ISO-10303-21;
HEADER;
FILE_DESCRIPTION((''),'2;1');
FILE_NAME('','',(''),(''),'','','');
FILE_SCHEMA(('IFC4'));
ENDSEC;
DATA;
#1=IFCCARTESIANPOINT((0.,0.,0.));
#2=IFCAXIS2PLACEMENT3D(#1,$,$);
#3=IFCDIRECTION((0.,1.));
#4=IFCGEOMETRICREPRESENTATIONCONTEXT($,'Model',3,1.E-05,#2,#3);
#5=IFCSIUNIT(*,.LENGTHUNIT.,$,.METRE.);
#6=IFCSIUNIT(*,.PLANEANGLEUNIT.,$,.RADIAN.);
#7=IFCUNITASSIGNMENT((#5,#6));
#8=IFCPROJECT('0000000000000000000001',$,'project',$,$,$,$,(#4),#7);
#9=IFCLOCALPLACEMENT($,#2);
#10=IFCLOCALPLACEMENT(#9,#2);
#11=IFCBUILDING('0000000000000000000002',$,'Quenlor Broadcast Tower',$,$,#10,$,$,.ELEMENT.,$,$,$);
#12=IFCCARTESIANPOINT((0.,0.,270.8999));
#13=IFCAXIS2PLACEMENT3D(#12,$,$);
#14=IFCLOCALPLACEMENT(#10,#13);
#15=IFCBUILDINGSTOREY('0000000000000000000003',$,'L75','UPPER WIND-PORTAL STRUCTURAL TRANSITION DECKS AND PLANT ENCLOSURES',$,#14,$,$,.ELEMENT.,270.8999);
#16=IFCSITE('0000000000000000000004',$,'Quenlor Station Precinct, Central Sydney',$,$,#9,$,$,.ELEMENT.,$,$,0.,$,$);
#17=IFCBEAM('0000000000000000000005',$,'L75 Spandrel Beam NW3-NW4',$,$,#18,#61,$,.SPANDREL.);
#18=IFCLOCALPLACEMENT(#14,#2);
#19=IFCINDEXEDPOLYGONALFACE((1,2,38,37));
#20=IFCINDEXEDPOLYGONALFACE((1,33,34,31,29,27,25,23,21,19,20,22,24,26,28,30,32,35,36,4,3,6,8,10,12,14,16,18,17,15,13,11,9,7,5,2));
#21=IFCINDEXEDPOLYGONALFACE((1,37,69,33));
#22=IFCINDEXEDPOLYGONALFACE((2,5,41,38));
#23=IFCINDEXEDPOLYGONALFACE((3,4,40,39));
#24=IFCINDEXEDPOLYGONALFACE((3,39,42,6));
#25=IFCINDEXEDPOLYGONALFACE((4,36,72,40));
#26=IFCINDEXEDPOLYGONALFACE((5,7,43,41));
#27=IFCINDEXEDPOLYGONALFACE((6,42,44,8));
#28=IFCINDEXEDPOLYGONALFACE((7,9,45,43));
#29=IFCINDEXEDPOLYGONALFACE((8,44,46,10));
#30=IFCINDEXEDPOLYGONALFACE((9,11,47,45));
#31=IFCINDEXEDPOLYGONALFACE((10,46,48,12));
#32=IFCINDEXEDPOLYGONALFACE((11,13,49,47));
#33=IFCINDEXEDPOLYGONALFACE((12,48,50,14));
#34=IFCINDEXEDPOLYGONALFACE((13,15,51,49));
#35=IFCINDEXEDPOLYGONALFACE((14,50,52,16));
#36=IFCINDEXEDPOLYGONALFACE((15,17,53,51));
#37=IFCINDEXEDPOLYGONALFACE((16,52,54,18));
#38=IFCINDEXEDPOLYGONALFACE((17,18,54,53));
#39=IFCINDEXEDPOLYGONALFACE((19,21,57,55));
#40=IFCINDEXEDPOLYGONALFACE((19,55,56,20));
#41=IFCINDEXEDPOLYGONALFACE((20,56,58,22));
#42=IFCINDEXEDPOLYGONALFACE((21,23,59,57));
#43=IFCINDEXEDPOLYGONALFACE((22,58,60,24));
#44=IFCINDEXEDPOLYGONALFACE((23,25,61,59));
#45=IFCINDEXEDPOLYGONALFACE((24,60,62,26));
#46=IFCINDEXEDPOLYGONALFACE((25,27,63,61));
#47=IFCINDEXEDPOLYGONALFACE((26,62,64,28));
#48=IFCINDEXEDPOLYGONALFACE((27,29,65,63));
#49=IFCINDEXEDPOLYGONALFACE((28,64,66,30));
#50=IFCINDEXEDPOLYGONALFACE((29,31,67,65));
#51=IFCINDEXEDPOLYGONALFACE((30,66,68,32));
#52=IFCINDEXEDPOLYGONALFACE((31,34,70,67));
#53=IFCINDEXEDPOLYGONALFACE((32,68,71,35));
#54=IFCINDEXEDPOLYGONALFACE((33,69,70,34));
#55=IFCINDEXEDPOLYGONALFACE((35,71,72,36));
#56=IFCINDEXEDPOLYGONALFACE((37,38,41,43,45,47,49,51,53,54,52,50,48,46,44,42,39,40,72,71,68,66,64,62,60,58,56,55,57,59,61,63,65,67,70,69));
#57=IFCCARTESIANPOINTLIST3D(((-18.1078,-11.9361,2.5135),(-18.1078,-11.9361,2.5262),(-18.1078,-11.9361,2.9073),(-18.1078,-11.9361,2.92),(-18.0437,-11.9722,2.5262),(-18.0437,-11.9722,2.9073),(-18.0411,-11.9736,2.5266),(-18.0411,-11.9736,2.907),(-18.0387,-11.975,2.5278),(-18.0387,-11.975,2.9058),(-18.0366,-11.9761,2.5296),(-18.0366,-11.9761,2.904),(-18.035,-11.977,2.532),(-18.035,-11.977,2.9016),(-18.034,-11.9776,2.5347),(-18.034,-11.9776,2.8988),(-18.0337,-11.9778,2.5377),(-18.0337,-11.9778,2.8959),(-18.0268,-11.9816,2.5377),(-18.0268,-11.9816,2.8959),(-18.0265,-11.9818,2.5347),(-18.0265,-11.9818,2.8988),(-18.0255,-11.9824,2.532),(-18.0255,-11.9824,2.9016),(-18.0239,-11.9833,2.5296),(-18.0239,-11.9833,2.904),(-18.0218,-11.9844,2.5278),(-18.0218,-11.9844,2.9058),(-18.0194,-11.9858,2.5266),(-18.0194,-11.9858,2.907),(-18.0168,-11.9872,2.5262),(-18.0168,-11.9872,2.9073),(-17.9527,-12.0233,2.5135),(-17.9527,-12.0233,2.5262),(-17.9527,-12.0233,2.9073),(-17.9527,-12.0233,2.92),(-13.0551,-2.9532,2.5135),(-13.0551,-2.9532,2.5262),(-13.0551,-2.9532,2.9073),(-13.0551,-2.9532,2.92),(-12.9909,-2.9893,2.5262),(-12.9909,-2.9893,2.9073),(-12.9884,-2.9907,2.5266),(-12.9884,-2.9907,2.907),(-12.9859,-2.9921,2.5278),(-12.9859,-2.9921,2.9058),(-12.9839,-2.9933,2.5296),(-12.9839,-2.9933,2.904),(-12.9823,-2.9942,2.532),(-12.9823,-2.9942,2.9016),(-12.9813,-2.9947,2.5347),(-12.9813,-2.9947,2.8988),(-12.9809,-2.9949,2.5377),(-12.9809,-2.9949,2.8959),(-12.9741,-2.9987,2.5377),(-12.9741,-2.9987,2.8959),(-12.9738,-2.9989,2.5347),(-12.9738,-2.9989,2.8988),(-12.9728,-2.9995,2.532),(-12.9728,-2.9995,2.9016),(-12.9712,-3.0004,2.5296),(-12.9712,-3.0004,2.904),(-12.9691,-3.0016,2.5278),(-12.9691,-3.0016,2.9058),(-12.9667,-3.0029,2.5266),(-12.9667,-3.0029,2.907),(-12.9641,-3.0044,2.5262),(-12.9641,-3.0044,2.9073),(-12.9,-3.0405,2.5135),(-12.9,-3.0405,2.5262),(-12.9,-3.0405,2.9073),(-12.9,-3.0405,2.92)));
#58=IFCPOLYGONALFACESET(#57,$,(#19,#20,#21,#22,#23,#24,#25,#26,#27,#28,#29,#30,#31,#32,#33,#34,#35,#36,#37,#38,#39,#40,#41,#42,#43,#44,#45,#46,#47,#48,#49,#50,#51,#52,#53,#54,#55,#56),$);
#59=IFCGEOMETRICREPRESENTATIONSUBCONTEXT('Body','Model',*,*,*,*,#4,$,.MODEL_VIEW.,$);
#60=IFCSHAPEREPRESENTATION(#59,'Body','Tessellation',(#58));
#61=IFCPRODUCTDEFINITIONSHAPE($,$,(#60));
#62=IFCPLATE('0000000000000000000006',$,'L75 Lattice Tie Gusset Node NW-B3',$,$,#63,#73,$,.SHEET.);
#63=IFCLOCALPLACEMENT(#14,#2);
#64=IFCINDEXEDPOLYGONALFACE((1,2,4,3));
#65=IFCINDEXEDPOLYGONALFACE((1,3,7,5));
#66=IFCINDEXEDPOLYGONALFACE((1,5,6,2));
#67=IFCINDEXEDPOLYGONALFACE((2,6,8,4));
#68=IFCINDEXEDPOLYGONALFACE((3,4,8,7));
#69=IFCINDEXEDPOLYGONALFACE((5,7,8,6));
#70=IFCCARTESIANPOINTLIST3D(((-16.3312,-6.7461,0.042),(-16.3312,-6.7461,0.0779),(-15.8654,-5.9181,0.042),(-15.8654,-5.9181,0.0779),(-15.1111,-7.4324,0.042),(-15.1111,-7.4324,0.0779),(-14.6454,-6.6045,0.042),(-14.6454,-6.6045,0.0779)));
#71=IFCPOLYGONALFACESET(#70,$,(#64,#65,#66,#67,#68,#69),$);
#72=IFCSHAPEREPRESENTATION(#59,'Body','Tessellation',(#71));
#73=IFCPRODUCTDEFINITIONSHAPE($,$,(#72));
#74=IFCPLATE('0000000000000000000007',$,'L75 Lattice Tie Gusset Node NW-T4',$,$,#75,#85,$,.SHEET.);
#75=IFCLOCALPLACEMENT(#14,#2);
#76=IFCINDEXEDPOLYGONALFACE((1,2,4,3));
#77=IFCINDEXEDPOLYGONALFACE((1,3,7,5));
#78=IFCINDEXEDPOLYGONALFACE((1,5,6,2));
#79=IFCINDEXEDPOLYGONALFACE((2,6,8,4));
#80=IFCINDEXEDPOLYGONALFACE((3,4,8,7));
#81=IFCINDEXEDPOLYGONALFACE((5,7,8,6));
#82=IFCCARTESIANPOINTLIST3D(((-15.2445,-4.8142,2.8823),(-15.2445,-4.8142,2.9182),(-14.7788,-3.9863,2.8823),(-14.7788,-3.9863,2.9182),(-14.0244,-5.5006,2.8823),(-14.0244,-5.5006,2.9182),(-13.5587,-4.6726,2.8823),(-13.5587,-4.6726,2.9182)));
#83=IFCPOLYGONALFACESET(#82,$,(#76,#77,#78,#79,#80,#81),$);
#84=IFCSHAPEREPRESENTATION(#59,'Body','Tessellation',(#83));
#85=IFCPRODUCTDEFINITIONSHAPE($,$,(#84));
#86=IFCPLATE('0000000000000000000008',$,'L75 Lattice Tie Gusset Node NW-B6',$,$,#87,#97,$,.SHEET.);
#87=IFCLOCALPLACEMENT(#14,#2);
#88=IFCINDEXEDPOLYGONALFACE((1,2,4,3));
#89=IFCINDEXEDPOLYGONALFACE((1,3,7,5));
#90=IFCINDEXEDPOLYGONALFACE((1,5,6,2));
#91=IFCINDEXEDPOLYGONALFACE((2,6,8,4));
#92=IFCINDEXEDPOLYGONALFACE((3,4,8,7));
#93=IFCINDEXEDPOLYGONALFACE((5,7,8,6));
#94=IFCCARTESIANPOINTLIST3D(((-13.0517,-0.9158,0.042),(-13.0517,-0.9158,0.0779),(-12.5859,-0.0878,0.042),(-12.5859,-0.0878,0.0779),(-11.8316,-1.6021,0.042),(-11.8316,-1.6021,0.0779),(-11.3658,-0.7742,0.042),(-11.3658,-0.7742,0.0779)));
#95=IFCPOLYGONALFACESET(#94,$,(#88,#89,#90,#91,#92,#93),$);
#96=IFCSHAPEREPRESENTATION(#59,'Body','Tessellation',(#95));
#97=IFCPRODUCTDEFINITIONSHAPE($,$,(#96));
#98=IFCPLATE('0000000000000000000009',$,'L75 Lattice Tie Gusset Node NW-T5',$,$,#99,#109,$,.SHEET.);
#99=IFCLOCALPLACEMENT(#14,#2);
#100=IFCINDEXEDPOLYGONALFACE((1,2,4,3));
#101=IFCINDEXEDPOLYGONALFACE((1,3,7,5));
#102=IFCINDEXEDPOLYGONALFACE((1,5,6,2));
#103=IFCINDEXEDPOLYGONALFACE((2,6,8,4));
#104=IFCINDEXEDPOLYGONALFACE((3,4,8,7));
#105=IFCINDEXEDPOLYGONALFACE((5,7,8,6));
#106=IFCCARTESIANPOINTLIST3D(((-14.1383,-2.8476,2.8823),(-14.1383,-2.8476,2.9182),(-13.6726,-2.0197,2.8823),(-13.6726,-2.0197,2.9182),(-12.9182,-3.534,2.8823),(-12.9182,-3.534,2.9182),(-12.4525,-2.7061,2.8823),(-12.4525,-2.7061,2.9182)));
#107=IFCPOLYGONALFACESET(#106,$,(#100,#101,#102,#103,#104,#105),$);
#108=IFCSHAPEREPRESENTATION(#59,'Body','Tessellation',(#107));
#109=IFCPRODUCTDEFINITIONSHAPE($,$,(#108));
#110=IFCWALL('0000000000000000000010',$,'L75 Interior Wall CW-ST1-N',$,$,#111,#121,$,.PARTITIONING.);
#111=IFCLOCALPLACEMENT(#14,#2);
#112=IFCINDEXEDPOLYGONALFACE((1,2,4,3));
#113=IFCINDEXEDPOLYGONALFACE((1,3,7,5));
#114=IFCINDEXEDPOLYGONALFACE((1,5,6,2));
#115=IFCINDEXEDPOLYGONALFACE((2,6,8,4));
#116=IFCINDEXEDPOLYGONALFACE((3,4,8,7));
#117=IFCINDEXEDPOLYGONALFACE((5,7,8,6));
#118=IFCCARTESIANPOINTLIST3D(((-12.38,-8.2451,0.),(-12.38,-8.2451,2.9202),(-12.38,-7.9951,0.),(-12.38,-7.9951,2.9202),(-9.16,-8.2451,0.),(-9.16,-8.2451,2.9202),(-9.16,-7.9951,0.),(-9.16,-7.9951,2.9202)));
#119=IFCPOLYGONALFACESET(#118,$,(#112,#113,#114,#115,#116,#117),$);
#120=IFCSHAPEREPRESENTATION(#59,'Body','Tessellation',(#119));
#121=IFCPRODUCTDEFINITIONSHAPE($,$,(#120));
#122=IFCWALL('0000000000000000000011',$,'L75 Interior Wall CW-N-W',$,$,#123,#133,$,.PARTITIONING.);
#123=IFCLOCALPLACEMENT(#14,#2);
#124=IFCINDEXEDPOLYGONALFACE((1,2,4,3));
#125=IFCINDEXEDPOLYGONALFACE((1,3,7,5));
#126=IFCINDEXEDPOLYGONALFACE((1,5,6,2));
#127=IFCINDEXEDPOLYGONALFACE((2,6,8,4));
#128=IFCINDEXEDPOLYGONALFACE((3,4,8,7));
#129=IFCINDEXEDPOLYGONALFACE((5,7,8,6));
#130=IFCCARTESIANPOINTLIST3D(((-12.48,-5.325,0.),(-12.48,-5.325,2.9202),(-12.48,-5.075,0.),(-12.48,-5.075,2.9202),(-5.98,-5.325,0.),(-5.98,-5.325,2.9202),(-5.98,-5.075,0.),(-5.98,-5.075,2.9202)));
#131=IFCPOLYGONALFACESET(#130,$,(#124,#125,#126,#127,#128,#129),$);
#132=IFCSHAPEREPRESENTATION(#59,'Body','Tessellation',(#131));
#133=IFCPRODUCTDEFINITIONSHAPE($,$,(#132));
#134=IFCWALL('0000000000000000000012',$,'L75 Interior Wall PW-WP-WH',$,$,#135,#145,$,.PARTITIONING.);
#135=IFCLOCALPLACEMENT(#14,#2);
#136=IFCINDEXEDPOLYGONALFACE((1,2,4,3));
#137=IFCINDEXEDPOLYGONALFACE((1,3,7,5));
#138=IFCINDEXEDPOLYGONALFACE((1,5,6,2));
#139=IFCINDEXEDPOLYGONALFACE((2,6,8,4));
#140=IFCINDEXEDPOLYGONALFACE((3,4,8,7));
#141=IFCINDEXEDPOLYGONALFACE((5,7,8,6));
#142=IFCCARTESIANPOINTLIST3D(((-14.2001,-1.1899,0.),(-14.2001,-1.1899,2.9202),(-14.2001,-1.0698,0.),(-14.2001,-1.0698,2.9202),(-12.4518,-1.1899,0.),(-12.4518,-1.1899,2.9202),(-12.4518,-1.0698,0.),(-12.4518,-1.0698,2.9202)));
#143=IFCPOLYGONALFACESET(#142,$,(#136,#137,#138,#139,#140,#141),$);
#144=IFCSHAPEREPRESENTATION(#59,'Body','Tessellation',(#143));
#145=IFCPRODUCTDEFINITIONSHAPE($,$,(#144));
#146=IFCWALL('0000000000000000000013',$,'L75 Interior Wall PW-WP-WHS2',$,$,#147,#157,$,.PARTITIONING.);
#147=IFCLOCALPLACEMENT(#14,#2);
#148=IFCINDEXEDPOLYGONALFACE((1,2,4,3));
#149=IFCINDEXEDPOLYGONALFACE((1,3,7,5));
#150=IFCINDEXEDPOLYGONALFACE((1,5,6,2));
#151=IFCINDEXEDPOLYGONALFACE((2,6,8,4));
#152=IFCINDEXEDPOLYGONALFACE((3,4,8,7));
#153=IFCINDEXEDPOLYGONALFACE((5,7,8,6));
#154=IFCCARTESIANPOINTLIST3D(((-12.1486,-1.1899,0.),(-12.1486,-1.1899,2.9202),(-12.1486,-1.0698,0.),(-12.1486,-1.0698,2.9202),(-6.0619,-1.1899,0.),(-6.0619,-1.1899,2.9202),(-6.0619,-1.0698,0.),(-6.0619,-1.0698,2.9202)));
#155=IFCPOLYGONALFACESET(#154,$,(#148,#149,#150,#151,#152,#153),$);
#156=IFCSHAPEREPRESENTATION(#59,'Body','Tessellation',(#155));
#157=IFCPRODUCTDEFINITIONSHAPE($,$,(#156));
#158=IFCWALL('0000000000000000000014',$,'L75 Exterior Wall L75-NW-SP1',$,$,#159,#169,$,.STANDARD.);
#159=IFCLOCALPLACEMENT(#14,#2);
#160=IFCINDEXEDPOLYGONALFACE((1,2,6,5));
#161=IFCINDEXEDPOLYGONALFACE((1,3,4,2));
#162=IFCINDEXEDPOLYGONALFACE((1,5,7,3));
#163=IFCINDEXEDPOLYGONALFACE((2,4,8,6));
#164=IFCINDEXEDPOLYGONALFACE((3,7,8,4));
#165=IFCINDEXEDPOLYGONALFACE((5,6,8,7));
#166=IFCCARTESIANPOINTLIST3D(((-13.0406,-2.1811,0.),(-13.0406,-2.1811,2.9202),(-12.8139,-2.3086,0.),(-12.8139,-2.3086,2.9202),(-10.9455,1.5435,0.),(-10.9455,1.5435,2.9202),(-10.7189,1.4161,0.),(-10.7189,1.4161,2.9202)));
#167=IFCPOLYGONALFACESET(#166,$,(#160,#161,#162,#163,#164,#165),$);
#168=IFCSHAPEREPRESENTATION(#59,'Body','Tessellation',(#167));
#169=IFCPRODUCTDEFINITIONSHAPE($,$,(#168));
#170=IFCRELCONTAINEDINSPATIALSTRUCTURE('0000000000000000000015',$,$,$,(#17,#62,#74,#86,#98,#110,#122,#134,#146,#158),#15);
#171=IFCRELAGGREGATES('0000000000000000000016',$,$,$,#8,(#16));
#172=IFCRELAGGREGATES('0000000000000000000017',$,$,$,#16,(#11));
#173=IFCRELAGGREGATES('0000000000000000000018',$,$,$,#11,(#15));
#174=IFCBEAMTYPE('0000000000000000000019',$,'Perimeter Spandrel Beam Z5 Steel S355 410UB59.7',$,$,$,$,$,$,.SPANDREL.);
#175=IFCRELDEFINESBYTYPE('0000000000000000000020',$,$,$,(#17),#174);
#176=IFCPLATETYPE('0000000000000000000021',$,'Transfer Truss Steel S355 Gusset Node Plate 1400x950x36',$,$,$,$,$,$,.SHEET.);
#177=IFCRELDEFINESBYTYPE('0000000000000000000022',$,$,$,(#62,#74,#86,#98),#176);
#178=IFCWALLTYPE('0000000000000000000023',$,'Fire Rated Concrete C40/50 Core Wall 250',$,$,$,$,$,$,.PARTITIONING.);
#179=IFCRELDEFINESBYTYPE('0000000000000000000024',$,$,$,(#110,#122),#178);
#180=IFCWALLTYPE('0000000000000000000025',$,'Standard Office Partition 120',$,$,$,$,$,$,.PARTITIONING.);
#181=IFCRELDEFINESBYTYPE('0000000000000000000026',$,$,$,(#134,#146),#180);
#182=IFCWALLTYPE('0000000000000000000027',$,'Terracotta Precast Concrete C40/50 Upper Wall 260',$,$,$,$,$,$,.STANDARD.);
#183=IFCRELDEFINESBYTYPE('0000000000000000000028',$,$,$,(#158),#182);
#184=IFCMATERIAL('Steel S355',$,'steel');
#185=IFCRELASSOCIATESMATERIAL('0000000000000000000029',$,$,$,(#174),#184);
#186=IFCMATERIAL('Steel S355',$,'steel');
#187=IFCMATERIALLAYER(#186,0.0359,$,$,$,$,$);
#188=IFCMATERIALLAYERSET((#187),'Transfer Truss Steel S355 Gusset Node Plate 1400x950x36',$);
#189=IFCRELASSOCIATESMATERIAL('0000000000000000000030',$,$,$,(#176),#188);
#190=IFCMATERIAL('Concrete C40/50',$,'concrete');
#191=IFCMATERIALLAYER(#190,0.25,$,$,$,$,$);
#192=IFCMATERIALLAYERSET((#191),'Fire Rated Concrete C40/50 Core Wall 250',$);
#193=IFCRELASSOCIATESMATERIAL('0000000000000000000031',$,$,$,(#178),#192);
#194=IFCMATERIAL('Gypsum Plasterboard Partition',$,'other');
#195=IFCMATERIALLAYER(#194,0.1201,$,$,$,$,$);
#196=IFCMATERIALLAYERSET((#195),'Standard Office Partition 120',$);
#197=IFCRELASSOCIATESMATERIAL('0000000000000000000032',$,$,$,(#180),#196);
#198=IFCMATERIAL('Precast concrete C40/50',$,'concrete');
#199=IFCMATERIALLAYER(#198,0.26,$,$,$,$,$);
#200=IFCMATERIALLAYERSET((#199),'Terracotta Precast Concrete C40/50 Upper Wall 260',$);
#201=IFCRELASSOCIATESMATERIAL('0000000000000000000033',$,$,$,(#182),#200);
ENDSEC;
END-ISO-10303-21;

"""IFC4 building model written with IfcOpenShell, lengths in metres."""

from ifc_helpers import new_model, si_unit, direction, frame, frame_2d, origin, origin_2d, place, context, subcontext, project, spatial, rectangle, i_section, extrude, material, layer, layer_set, material_profile, profile_set, type_object, element, save


model = new_model("IFC4")

# Units and contexts
model_context = context("Model", 3, precision=1e-05, world=origin(), true_north=direction((0.0, 1.0)))
body_context = subcontext(model_context, "Body", "Model", "MODEL_VIEW")
ifc_project = project(units=[si_unit("LENGTHUNIT", "METRE"), si_unit("PLANEANGLEUNIT", "RADIAN")], contexts=[model_context])

# Site, building, storey
site_placement = place(None, origin())
site = spatial("IfcSite", under=ifc_project, at=site_placement, Name="Quenlor Station Precinct, Central Sydney", CompositionType="ELEMENT", RefElevation=0.0)
building_placement = place(site_placement, origin())
building = spatial("IfcBuilding", under=site, at=building_placement, Name="Quenlor Broadcast Tower", CompositionType="ELEMENT")
storey_placement = place(building_placement, frame((0.0, 0.0, 270.8999)))
storey = spatial("IfcBuildingStorey", under=building, at=storey_placement, Name="L75", Description="UPPER WIND-PORTAL STRUCTURAL TRANSITION DECKS AND PLANT ENCLOSURES", CompositionType="ELEMENT", Elevation=270.8999)

# Beam
ifc_material_1 = material(Name="Steel S355", Category="steel")
ifc_material_profile_1 = material_profile(ifc_material_1, i_section(OverallWidth=0.178, OverallDepth=0.4065, WebThickness=0.0078, FlangeThickness=0.0127, FilletRadius=0.0115, at=origin_2d()))
ifc_profile_set_1 = profile_set([ifc_material_profile_1], Name="Steel S355 410UB59.7")
beam_type_1 = type_object("IfcBeamType", Name="Perimeter Spandrel Beam Z5 Steel S355 410UB59.7", PredefinedType="SPANDREL", material=ifc_profile_set_1)
beam_1_placement = place(storey_placement, frame((-12.9775, -2.9968, 2.7168), z_axis=(-0.49025, -0.871582, 0.0), x_axis=(0.871582, -0.49025, 0.0)))
element("IfcBeam", 1, at=beam_1_placement, inside=storey, type_object=beam_type_1, Name="L75 Spandrel Beam NW3-NW4", PredefinedType="SPANDREL", context=body_context, shape_type="SweptSolid", body=[
    extrude(i_section(OverallWidth=0.178, OverallDepth=0.4065, WebThickness=0.0078, FlangeThickness=0.0127, FilletRadius=0.0115, at=origin_2d()), origin(), (0.0, 0.0, 1.0), 10.3064),
])

# Plates
ifc_material_2 = material(Name="Steel S355", Category="steel")
ifc_layer_1 = layer(ifc_material_2, 0.0359)
ifc_layer_set_1 = layer_set([ifc_layer_1], Name="Transfer Truss Steel S355 Gusset Node Plate 1400x950x36")
plate_type = type_object("IfcPlateType", Name="Transfer Truss Steel S355 Gusset Node Plate 1400x950x36", PredefinedType="SHEET", material=ifc_layer_set_1)
for number, where, z_axis, x_axis, name in (
    (2, (-15.4883, -6.6753, 0.042), (0.0, 0.0, 1.0), (-0.871556, 0.490295, 0.0), "L75 Lattice Tie Gusset Node NW-B3"),
    (3, (-14.4016, -4.7434, 2.8823), (0.0, 0.0, 1.0), (-0.871556, 0.490295, 0.0), "L75 Lattice Tie Gusset Node NW-T4"),
    (4, (-12.2087, -0.845, 0.042), (0.0, 0.0, 1.0), (-0.871556, 0.490295, 0.0), "L75 Lattice Tie Gusset Node NW-B6"),
    (5, (-13.2954, -2.7769, 2.8823), (0.0, 0.0, 1.0), (-0.871556, 0.490295, 0.0), "L75 Lattice Tie Gusset Node NW-T5"),
):
    element("IfcPlate", number, at=place(storey_placement, frame(where, z_axis=z_axis, x_axis=x_axis)), inside=storey, type_object=plate_type, Name=name, PredefinedType="SHEET", context=body_context, shape_type="SweptSolid", body=[
        extrude(rectangle(XDim=1.3999, YDim=0.95, at=origin_2d()), origin(), (0.0, 0.0, 1.0), 0.0359),
    ])

# Walls
ifc_material_3 = material(Name="Concrete C40/50", Category="concrete")
ifc_layer_2 = layer(ifc_material_3, 0.25)
ifc_layer_set_2 = layer_set([ifc_layer_2], Name="Fire Rated Concrete C40/50 Core Wall 250")
wall_type_1 = type_object("IfcWallType", Name="Fire Rated Concrete C40/50 Core Wall 250", PredefinedType="PARTITIONING", material=ifc_layer_set_2)
wall_1_placement = place(storey_placement, frame((-12.3799, -8.1201, 0.0), z_axis=(0.0, 0.0, 1.0), x_axis=(1.0, 0.0, 0.0)))
element("IfcWall", 6, at=wall_1_placement, inside=storey, type_object=wall_type_1, Name="L75 Interior Wall CW-ST1-N", PredefinedType="PARTITIONING", context=body_context, shape_type="SweptSolid", body=[
    extrude(rectangle(XDim=3.22, YDim=0.25, at=frame_2d((1.6099, 0.0))), origin(), (0.0, 0.0, 1.0), 2.9202),
])
wall_2_placement = place(storey_placement, frame((-12.48, -5.2, 0.0), z_axis=(0.0, 0.0, 1.0), x_axis=(1.0, 0.0, 0.0)))
element("IfcWall", 7, at=wall_2_placement, inside=storey, type_object=wall_type_1, Name="L75 Interior Wall CW-N-W", PredefinedType="PARTITIONING", context=body_context, shape_type="SweptSolid", body=[
    extrude(rectangle(XDim=6.5, YDim=0.25, at=frame_2d((3.25, 0.0))), origin(), (0.0, 0.0, 1.0), 2.9202),
])
ifc_material_4 = material(Name="Gypsum Plasterboard Partition", Category="other")
ifc_layer_3 = layer(ifc_material_4, 0.1201)
ifc_layer_set_3 = layer_set([ifc_layer_3], Name="Standard Office Partition 120")
wall_type_2 = type_object("IfcWallType", Name="Standard Office Partition 120", PredefinedType="PARTITIONING", material=ifc_layer_set_3)
wall_3_placement = place(storey_placement, frame((-14.2, -1.1299, 0.0), z_axis=(0.0, 0.0, 1.0), x_axis=(1.0, 0.0, 0.0)))
element("IfcWall", 8, at=wall_3_placement, inside=storey, type_object=wall_type_2, Name="L75 Interior Wall PW-WP-WH", PredefinedType="PARTITIONING", context=body_context, shape_type="SweptSolid", body=[
    extrude(rectangle(XDim=1.7483, YDim=0.1201, at=frame_2d((0.874, 0.0))), origin(), (0.0, 0.0, 1.0), 2.9202),
])
wall_4_placement = place(storey_placement, frame((-12.1487, -1.1299, 0.0), z_axis=(0.0, 0.0, 1.0), x_axis=(1.0, 0.0, 0.0)))
element("IfcWall", 9, at=wall_4_placement, inside=storey, type_object=wall_type_2, Name="L75 Interior Wall PW-WP-WHS2", PredefinedType="PARTITIONING", context=body_context, shape_type="SweptSolid", body=[
    extrude(rectangle(XDim=6.0867, YDim=0.1201, at=frame_2d((3.0435, 0.0))), origin(), (0.0, 0.0, 1.0), 2.9202),
])
ifc_material_5 = material(Name="Precast concrete C40/50", Category="concrete")
ifc_layer_4 = layer(ifc_material_5, 0.26)
ifc_layer_set_4 = layer_set([ifc_layer_4], Name="Terracotta Precast Concrete C40/50 Upper Wall 260")
wall_type_3 = type_object("IfcWallType", Name="Terracotta Precast Concrete C40/50 Upper Wall 260", PredefinedType="STANDARD", material=ifc_layer_set_4)
wall_5_placement = place(storey_placement, frame((-12.9272, -2.2449, 0.0), z_axis=(0.0, 0.0, 1.0), x_axis=(0.49024, 0.871588, 0.0)))
element("IfcWall", 10, at=wall_5_placement, inside=storey, type_object=wall_type_3, Name="L75 Exterior Wall L75-NW-SP1", PredefinedType="STANDARD", context=body_context, shape_type="SweptSolid", body=[
    extrude(rectangle(XDim=4.2734, YDim=0.26, at=frame_2d((2.1367, 0.0))), origin(), (0.0, 0.0, 1.0), 2.9202),
])

save(model, "model.ifc")
